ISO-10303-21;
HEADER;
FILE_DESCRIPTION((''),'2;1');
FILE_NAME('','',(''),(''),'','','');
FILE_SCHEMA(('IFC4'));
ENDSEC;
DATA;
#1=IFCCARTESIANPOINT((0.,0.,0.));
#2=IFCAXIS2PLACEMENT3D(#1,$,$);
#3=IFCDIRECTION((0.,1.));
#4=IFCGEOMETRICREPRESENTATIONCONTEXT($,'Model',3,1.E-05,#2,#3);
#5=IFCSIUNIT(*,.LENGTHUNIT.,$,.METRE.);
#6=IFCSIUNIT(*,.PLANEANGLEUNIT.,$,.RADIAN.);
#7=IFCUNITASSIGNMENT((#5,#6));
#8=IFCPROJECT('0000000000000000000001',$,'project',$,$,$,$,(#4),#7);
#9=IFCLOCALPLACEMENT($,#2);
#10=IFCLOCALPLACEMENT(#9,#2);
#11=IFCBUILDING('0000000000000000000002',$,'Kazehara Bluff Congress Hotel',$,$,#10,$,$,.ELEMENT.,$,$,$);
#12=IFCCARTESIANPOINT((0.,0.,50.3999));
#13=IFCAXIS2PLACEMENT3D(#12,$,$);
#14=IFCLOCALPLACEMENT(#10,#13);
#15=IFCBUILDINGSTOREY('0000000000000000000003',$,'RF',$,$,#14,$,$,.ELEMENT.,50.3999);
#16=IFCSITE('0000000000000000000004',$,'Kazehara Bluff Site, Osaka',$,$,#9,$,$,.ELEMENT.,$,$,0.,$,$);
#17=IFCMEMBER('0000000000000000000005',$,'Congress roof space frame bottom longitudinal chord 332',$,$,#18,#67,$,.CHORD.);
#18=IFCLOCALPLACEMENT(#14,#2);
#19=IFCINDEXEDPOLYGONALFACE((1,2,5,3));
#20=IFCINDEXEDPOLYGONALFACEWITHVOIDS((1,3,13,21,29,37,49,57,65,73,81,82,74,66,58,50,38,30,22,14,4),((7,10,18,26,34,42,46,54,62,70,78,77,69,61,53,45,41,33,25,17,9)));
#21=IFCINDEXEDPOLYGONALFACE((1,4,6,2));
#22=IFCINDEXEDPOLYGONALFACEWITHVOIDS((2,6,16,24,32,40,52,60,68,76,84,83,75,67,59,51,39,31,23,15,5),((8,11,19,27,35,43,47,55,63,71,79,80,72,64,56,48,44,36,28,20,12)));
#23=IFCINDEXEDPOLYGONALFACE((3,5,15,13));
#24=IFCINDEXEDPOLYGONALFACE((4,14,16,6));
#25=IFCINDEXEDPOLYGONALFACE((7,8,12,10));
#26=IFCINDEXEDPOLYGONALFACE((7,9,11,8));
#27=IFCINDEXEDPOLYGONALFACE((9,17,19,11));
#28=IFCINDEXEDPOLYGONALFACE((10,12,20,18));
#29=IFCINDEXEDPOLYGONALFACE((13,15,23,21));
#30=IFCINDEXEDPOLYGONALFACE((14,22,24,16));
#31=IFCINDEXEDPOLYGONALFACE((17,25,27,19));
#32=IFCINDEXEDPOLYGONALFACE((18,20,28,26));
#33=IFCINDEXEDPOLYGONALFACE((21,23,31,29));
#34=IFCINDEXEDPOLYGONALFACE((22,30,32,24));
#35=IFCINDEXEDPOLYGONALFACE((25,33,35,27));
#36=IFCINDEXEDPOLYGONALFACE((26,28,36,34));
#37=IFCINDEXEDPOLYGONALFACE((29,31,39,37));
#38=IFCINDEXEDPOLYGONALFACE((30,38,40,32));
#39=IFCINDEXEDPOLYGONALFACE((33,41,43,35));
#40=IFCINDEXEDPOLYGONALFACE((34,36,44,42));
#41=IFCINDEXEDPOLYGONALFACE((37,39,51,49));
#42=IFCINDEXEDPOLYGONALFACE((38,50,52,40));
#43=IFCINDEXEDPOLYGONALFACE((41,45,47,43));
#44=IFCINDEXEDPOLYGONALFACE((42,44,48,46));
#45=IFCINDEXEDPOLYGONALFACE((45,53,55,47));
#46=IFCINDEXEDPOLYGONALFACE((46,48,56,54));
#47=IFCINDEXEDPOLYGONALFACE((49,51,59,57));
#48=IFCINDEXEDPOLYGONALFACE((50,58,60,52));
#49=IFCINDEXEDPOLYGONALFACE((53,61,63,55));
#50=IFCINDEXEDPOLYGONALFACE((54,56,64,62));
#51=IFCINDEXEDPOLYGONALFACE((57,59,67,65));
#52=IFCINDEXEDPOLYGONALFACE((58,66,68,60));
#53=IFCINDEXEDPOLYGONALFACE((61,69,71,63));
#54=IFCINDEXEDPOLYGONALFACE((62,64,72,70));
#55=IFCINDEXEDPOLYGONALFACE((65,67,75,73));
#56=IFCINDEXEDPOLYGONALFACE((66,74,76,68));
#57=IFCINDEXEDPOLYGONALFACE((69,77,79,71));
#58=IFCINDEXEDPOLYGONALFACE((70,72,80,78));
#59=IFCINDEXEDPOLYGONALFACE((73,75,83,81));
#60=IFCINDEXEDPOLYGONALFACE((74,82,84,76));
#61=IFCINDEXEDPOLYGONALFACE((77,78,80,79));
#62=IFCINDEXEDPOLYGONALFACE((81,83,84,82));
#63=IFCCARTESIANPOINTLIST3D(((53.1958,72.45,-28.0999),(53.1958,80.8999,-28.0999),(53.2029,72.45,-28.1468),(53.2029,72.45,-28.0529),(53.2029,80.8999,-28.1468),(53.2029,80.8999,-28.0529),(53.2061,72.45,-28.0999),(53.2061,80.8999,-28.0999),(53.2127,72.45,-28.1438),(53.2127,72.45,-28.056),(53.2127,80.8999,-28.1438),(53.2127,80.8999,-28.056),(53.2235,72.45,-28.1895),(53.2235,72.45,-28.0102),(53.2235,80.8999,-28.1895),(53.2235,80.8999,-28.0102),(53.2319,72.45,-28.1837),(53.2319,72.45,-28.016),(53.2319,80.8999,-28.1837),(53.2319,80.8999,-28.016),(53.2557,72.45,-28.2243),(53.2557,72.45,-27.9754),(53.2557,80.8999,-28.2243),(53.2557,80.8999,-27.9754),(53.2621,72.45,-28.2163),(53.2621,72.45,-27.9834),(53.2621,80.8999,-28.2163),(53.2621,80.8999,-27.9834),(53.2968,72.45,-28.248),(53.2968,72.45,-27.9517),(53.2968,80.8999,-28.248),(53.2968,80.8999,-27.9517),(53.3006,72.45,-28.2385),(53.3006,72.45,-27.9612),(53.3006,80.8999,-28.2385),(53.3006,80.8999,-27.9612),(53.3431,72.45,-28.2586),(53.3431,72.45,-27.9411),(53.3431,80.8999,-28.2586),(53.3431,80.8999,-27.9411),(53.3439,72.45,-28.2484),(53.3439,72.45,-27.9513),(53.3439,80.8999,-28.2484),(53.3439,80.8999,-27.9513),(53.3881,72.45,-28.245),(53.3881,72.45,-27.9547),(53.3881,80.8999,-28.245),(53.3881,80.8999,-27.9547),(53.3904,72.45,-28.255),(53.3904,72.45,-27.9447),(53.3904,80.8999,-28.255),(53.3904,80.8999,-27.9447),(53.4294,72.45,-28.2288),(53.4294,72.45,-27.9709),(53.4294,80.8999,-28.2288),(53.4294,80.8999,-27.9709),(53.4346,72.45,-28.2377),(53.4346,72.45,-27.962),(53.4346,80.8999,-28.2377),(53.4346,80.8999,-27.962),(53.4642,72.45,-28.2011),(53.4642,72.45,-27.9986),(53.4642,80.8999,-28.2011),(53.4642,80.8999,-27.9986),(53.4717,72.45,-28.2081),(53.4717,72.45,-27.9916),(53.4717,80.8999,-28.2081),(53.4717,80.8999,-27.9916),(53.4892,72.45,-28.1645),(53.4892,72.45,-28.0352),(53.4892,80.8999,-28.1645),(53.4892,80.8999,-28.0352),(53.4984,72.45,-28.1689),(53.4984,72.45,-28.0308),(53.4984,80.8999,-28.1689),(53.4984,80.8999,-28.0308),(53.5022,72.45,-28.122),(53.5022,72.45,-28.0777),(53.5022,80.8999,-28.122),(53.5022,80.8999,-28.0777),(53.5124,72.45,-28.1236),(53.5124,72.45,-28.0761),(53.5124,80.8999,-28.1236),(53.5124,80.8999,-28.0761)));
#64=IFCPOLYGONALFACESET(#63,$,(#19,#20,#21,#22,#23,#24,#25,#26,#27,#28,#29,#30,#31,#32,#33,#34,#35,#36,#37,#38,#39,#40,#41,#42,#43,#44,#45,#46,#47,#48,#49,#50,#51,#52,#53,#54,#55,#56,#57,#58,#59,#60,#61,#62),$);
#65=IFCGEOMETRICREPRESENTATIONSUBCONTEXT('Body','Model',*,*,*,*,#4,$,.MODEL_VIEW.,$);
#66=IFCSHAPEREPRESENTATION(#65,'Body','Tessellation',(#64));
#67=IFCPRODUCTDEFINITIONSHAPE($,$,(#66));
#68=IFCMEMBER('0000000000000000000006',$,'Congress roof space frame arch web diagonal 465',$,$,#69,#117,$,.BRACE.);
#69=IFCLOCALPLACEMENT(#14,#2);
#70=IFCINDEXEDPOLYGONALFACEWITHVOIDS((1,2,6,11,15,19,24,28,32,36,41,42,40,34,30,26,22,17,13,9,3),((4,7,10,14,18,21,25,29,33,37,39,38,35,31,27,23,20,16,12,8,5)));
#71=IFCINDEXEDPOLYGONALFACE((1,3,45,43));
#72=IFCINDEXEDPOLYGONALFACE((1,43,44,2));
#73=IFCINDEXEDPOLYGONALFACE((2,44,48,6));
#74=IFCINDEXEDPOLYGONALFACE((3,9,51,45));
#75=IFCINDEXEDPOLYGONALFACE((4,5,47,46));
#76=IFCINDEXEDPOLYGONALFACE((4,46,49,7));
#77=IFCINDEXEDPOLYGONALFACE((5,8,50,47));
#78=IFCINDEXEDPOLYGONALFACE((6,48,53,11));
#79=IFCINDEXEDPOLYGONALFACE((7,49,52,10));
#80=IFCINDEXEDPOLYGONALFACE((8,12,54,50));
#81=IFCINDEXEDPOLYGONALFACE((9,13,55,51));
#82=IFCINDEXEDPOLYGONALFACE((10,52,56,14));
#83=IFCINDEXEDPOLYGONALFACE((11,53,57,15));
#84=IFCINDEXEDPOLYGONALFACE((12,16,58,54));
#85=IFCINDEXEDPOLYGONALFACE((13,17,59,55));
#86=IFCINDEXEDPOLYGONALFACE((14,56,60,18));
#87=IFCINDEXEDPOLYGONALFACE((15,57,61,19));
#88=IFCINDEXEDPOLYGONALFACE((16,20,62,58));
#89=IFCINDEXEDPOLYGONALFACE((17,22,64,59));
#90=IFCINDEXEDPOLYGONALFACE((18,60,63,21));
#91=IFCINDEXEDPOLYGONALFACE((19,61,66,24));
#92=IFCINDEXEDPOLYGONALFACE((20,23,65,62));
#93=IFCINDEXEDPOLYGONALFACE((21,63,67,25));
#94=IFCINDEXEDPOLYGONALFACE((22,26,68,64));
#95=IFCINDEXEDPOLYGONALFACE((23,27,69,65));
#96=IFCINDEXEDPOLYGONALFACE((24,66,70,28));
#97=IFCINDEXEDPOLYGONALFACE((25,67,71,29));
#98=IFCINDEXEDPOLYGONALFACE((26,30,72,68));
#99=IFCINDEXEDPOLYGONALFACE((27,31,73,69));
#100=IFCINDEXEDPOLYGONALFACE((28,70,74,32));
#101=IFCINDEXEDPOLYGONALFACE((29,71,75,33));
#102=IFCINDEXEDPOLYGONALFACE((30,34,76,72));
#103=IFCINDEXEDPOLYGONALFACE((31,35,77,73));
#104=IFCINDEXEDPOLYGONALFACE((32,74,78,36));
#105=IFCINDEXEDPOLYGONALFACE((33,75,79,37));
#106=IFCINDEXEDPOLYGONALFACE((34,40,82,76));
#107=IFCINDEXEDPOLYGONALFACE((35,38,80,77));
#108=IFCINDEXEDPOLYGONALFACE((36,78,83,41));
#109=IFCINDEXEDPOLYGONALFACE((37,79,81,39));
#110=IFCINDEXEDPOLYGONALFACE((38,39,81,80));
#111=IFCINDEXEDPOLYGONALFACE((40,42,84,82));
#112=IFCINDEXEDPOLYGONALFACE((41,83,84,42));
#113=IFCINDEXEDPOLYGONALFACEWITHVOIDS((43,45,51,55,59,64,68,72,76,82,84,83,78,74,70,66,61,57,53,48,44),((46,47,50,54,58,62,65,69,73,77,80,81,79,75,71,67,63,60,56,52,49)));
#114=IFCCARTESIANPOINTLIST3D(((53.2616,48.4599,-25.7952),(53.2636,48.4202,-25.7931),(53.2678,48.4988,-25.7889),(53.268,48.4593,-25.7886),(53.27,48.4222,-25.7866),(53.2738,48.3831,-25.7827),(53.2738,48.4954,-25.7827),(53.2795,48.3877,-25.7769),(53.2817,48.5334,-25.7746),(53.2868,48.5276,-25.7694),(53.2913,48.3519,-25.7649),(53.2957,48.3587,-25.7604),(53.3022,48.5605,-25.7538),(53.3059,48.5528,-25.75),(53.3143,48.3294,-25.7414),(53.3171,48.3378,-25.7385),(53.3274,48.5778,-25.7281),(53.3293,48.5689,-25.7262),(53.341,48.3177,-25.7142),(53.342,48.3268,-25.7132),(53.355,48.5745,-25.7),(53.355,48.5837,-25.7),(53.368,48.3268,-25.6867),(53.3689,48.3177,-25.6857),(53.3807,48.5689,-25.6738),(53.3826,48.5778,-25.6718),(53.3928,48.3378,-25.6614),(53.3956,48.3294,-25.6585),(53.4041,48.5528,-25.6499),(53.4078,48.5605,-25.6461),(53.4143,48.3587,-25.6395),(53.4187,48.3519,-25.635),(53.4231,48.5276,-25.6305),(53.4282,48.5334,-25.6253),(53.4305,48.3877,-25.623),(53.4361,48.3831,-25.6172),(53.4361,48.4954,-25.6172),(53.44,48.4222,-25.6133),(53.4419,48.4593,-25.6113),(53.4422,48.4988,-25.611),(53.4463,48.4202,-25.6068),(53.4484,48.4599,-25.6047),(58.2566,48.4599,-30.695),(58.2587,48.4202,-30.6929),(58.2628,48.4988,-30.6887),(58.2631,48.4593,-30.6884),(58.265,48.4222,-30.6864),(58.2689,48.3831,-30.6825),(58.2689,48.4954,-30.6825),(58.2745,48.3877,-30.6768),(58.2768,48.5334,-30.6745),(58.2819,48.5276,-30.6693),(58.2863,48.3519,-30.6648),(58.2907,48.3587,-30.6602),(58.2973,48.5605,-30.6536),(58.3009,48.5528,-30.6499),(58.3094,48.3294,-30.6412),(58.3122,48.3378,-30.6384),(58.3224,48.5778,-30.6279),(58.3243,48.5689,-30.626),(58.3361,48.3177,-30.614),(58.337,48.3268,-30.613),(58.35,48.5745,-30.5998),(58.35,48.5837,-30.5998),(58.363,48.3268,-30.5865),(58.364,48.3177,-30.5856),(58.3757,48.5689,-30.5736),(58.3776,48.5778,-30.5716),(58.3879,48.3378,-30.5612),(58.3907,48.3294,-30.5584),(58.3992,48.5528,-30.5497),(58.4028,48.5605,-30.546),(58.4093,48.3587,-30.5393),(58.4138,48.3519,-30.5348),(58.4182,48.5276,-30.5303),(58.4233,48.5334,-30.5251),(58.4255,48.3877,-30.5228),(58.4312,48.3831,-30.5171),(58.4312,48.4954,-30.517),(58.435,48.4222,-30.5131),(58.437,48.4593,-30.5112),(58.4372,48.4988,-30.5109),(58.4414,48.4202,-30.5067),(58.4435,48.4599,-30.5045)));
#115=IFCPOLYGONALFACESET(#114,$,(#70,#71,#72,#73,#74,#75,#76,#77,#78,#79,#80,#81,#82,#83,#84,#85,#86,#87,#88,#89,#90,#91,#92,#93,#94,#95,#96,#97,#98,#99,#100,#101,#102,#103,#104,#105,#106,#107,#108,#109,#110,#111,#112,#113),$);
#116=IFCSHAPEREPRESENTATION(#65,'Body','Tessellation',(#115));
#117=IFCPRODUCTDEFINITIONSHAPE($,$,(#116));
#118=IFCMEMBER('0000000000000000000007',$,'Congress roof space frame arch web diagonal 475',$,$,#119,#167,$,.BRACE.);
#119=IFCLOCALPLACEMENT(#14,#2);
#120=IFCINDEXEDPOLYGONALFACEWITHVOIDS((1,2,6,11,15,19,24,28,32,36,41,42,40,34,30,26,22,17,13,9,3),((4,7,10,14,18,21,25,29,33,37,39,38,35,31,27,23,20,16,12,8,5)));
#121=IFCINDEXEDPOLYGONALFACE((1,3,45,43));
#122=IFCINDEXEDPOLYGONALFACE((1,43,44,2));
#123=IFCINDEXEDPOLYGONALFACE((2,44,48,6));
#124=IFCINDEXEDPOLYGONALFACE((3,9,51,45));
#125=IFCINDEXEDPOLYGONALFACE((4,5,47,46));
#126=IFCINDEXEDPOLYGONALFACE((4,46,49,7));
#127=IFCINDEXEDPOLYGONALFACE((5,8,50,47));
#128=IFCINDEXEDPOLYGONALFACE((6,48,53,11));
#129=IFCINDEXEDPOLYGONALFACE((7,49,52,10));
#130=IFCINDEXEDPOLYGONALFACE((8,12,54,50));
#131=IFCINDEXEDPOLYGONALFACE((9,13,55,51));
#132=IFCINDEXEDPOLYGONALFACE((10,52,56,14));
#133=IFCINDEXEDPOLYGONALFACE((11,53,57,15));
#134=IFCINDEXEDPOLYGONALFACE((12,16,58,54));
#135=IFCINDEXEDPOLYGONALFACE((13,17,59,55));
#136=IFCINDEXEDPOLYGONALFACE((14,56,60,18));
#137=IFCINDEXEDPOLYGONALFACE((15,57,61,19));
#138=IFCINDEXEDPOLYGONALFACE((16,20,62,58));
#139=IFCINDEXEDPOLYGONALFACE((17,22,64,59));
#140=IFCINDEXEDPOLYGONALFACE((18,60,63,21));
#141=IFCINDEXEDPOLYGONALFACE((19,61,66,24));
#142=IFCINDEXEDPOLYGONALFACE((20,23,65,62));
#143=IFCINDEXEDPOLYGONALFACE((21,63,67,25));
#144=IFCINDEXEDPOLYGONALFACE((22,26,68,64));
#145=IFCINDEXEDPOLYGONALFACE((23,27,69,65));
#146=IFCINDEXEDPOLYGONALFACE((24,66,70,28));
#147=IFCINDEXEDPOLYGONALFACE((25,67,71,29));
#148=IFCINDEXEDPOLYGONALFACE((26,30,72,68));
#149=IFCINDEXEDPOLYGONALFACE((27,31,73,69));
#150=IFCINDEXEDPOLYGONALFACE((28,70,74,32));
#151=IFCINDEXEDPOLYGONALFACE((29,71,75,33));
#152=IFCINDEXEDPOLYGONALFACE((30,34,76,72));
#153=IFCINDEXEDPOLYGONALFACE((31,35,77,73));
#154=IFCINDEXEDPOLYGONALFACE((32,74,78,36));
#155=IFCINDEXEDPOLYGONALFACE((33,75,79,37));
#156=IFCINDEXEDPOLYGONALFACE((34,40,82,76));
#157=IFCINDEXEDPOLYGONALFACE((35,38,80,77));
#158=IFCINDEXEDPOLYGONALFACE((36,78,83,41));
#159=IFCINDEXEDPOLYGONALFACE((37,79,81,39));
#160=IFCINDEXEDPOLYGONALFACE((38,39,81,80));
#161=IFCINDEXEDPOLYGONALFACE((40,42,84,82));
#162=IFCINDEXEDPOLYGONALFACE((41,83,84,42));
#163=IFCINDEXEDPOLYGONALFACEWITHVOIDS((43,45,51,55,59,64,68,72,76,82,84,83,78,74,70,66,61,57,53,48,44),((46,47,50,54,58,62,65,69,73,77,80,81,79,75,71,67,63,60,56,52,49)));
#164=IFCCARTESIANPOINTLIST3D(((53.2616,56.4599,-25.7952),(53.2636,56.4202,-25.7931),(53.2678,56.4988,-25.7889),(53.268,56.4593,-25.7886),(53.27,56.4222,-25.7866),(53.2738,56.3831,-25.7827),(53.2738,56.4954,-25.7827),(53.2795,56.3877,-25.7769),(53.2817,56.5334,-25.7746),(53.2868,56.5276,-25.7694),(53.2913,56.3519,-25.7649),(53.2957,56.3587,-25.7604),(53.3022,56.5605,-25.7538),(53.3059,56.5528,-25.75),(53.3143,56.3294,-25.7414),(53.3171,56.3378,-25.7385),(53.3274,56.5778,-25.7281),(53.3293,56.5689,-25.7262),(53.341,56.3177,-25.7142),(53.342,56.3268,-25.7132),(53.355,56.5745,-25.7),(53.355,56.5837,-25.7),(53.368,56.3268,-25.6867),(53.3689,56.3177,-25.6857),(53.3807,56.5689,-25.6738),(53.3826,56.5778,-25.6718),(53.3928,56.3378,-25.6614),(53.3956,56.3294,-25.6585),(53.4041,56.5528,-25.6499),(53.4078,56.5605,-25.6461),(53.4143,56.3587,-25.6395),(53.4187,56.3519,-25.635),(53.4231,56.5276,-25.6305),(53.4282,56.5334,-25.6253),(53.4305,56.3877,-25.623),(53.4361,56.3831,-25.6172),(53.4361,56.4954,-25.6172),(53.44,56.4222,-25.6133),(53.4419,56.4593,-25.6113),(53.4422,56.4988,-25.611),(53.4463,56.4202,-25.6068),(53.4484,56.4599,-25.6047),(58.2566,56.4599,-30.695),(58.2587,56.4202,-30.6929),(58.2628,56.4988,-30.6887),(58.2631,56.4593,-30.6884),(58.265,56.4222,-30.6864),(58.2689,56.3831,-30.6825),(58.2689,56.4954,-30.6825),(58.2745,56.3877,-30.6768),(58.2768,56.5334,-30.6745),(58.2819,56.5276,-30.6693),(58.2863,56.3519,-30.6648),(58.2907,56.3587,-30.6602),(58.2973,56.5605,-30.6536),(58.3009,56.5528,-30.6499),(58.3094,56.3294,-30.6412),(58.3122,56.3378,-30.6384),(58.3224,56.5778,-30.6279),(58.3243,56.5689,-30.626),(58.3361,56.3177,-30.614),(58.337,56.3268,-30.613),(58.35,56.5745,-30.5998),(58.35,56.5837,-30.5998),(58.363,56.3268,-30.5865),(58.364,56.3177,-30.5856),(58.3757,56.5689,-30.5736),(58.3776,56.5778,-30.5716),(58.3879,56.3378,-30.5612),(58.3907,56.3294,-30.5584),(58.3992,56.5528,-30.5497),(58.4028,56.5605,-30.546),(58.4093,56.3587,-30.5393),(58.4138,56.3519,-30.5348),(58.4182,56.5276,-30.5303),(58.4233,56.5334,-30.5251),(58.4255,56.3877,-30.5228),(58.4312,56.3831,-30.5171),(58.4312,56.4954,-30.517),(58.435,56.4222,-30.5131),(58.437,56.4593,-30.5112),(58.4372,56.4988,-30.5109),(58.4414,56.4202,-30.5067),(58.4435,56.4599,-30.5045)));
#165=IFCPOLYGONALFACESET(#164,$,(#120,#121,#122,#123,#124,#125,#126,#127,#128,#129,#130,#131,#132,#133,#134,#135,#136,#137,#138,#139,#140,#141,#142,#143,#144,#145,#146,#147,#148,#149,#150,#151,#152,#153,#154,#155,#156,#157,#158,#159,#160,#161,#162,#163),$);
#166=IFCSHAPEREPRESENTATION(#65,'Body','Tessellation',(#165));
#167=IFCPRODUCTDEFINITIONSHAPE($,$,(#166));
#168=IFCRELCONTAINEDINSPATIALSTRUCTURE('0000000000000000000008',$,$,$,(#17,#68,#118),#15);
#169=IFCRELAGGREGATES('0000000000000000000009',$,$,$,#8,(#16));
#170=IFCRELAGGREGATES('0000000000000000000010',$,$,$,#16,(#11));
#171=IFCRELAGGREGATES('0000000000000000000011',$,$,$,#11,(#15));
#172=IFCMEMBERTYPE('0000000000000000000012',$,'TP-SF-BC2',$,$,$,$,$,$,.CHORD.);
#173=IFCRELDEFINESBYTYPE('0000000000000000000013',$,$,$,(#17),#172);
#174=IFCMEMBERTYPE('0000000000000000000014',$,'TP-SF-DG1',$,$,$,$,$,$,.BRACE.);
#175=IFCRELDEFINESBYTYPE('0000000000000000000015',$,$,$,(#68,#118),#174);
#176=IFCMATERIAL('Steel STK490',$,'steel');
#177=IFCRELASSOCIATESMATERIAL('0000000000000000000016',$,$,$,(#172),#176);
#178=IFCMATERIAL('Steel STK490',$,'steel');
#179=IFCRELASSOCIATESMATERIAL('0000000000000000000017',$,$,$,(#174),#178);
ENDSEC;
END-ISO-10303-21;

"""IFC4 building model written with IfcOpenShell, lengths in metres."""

from ifc_helpers import new_model, si_unit, direction, frame, origin, origin_2d, place, context, subcontext, project, spatial, hollow_circle, extrude, material, material_profile, profile_set, type_object, element, save


model = new_model("IFC4")

# Units and contexts
model_context = context("Model", 3, precision=1e-05, world=origin(), true_north=direction((0.0, 1.0)))
body_context = subcontext(model_context, "Body", "Model", "MODEL_VIEW")
ifc_project = project(units=[si_unit("LENGTHUNIT", "METRE"), si_unit("PLANEANGLEUNIT", "RADIAN")], contexts=[model_context])

# Site, building, storey
site_placement = place(None, origin())
site = spatial("IfcSite", under=ifc_project, at=site_placement, Name="Kazehara Bluff Site, Osaka", CompositionType="ELEMENT", RefElevation=0.0)
building_placement = place(site_placement, origin())
building = spatial("IfcBuilding", under=site, at=building_placement, Name="Kazehara Bluff Congress Hotel", CompositionType="ELEMENT")
storey_placement = place(building_placement, frame((0.0, 0.0, 50.3999)))
storey = spatial("IfcBuildingStorey", under=building, at=storey_placement, Name="RF", CompositionType="ELEMENT", Elevation=50.3999)

# Members
ifc_material_1 = material(Name="Steel STK490", Category="steel")
ifc_material_profile_1 = material_profile(ifc_material_1, hollow_circle(Radius=0.1592, WallThickness=0.0103, at=origin_2d()))
ifc_profile_set_1 = profile_set([ifc_material_profile_1], Name="Steel STK490")
member_type_1 = type_object("IfcMemberType", Name="TP-SF-BC2", PredefinedType="CHORD", material=ifc_profile_set_1)
member_1_placement = place(storey_placement, frame((53.355, 72.45, -28.0999), z_axis=(0.0, 1.0, 0.0), x_axis=(-1.0, 0.0, 0.0)))
element("IfcMember", 1, at=member_1_placement, inside=storey, type_object=member_type_1, Name="Congress roof space frame bottom longitudinal chord 332", PredefinedType="CHORD", context=body_context, shape_type="SweptSolid", body=[
    extrude(hollow_circle(Radius=0.1592, WallThickness=0.0103, at=origin_2d()), origin(), (0.0, 0.0, 1.0), 8.45),
])
ifc_material_2 = material(Name="Steel STK490", Category="steel")
ifc_material_profile_2 = material_profile(ifc_material_2, hollow_circle(Radius=0.1338, WallThickness=0.0093, at=origin_2d()))
ifc_profile_set_2 = profile_set([ifc_material_profile_2], Name="Steel STK490")
member_type_2 = type_object("IfcMemberType", Name="TP-SF-DG1", PredefinedType="BRACE", material=ifc_profile_set_2)
for number, where, z_axis, x_axis, name in (
    (2, (53.355, 48.45, -25.7), (0.713878, 0.0, -0.70027), (0.0, 1.0, 0.0), "Congress roof space frame arch web diagonal 465"),
    (3, (53.355, 56.45, -25.7), (0.713878, 0.0, -0.70027), (0.0, 1.0, 0.0), "Congress roof space frame arch web diagonal 475"),
):
    element("IfcMember", number, at=place(storey_placement, frame(where, z_axis=z_axis, x_axis=x_axis)), inside=storey, type_object=member_type_2, Name=name, PredefinedType="BRACE", context=body_context, shape_type="SweptSolid", body=[
        extrude(hollow_circle(Radius=0.1338, WallThickness=0.0093, at=origin_2d()), origin(), (0.0, 0.0, 1.0), 6.9971),
    ])

save(model, "model.ifc")
